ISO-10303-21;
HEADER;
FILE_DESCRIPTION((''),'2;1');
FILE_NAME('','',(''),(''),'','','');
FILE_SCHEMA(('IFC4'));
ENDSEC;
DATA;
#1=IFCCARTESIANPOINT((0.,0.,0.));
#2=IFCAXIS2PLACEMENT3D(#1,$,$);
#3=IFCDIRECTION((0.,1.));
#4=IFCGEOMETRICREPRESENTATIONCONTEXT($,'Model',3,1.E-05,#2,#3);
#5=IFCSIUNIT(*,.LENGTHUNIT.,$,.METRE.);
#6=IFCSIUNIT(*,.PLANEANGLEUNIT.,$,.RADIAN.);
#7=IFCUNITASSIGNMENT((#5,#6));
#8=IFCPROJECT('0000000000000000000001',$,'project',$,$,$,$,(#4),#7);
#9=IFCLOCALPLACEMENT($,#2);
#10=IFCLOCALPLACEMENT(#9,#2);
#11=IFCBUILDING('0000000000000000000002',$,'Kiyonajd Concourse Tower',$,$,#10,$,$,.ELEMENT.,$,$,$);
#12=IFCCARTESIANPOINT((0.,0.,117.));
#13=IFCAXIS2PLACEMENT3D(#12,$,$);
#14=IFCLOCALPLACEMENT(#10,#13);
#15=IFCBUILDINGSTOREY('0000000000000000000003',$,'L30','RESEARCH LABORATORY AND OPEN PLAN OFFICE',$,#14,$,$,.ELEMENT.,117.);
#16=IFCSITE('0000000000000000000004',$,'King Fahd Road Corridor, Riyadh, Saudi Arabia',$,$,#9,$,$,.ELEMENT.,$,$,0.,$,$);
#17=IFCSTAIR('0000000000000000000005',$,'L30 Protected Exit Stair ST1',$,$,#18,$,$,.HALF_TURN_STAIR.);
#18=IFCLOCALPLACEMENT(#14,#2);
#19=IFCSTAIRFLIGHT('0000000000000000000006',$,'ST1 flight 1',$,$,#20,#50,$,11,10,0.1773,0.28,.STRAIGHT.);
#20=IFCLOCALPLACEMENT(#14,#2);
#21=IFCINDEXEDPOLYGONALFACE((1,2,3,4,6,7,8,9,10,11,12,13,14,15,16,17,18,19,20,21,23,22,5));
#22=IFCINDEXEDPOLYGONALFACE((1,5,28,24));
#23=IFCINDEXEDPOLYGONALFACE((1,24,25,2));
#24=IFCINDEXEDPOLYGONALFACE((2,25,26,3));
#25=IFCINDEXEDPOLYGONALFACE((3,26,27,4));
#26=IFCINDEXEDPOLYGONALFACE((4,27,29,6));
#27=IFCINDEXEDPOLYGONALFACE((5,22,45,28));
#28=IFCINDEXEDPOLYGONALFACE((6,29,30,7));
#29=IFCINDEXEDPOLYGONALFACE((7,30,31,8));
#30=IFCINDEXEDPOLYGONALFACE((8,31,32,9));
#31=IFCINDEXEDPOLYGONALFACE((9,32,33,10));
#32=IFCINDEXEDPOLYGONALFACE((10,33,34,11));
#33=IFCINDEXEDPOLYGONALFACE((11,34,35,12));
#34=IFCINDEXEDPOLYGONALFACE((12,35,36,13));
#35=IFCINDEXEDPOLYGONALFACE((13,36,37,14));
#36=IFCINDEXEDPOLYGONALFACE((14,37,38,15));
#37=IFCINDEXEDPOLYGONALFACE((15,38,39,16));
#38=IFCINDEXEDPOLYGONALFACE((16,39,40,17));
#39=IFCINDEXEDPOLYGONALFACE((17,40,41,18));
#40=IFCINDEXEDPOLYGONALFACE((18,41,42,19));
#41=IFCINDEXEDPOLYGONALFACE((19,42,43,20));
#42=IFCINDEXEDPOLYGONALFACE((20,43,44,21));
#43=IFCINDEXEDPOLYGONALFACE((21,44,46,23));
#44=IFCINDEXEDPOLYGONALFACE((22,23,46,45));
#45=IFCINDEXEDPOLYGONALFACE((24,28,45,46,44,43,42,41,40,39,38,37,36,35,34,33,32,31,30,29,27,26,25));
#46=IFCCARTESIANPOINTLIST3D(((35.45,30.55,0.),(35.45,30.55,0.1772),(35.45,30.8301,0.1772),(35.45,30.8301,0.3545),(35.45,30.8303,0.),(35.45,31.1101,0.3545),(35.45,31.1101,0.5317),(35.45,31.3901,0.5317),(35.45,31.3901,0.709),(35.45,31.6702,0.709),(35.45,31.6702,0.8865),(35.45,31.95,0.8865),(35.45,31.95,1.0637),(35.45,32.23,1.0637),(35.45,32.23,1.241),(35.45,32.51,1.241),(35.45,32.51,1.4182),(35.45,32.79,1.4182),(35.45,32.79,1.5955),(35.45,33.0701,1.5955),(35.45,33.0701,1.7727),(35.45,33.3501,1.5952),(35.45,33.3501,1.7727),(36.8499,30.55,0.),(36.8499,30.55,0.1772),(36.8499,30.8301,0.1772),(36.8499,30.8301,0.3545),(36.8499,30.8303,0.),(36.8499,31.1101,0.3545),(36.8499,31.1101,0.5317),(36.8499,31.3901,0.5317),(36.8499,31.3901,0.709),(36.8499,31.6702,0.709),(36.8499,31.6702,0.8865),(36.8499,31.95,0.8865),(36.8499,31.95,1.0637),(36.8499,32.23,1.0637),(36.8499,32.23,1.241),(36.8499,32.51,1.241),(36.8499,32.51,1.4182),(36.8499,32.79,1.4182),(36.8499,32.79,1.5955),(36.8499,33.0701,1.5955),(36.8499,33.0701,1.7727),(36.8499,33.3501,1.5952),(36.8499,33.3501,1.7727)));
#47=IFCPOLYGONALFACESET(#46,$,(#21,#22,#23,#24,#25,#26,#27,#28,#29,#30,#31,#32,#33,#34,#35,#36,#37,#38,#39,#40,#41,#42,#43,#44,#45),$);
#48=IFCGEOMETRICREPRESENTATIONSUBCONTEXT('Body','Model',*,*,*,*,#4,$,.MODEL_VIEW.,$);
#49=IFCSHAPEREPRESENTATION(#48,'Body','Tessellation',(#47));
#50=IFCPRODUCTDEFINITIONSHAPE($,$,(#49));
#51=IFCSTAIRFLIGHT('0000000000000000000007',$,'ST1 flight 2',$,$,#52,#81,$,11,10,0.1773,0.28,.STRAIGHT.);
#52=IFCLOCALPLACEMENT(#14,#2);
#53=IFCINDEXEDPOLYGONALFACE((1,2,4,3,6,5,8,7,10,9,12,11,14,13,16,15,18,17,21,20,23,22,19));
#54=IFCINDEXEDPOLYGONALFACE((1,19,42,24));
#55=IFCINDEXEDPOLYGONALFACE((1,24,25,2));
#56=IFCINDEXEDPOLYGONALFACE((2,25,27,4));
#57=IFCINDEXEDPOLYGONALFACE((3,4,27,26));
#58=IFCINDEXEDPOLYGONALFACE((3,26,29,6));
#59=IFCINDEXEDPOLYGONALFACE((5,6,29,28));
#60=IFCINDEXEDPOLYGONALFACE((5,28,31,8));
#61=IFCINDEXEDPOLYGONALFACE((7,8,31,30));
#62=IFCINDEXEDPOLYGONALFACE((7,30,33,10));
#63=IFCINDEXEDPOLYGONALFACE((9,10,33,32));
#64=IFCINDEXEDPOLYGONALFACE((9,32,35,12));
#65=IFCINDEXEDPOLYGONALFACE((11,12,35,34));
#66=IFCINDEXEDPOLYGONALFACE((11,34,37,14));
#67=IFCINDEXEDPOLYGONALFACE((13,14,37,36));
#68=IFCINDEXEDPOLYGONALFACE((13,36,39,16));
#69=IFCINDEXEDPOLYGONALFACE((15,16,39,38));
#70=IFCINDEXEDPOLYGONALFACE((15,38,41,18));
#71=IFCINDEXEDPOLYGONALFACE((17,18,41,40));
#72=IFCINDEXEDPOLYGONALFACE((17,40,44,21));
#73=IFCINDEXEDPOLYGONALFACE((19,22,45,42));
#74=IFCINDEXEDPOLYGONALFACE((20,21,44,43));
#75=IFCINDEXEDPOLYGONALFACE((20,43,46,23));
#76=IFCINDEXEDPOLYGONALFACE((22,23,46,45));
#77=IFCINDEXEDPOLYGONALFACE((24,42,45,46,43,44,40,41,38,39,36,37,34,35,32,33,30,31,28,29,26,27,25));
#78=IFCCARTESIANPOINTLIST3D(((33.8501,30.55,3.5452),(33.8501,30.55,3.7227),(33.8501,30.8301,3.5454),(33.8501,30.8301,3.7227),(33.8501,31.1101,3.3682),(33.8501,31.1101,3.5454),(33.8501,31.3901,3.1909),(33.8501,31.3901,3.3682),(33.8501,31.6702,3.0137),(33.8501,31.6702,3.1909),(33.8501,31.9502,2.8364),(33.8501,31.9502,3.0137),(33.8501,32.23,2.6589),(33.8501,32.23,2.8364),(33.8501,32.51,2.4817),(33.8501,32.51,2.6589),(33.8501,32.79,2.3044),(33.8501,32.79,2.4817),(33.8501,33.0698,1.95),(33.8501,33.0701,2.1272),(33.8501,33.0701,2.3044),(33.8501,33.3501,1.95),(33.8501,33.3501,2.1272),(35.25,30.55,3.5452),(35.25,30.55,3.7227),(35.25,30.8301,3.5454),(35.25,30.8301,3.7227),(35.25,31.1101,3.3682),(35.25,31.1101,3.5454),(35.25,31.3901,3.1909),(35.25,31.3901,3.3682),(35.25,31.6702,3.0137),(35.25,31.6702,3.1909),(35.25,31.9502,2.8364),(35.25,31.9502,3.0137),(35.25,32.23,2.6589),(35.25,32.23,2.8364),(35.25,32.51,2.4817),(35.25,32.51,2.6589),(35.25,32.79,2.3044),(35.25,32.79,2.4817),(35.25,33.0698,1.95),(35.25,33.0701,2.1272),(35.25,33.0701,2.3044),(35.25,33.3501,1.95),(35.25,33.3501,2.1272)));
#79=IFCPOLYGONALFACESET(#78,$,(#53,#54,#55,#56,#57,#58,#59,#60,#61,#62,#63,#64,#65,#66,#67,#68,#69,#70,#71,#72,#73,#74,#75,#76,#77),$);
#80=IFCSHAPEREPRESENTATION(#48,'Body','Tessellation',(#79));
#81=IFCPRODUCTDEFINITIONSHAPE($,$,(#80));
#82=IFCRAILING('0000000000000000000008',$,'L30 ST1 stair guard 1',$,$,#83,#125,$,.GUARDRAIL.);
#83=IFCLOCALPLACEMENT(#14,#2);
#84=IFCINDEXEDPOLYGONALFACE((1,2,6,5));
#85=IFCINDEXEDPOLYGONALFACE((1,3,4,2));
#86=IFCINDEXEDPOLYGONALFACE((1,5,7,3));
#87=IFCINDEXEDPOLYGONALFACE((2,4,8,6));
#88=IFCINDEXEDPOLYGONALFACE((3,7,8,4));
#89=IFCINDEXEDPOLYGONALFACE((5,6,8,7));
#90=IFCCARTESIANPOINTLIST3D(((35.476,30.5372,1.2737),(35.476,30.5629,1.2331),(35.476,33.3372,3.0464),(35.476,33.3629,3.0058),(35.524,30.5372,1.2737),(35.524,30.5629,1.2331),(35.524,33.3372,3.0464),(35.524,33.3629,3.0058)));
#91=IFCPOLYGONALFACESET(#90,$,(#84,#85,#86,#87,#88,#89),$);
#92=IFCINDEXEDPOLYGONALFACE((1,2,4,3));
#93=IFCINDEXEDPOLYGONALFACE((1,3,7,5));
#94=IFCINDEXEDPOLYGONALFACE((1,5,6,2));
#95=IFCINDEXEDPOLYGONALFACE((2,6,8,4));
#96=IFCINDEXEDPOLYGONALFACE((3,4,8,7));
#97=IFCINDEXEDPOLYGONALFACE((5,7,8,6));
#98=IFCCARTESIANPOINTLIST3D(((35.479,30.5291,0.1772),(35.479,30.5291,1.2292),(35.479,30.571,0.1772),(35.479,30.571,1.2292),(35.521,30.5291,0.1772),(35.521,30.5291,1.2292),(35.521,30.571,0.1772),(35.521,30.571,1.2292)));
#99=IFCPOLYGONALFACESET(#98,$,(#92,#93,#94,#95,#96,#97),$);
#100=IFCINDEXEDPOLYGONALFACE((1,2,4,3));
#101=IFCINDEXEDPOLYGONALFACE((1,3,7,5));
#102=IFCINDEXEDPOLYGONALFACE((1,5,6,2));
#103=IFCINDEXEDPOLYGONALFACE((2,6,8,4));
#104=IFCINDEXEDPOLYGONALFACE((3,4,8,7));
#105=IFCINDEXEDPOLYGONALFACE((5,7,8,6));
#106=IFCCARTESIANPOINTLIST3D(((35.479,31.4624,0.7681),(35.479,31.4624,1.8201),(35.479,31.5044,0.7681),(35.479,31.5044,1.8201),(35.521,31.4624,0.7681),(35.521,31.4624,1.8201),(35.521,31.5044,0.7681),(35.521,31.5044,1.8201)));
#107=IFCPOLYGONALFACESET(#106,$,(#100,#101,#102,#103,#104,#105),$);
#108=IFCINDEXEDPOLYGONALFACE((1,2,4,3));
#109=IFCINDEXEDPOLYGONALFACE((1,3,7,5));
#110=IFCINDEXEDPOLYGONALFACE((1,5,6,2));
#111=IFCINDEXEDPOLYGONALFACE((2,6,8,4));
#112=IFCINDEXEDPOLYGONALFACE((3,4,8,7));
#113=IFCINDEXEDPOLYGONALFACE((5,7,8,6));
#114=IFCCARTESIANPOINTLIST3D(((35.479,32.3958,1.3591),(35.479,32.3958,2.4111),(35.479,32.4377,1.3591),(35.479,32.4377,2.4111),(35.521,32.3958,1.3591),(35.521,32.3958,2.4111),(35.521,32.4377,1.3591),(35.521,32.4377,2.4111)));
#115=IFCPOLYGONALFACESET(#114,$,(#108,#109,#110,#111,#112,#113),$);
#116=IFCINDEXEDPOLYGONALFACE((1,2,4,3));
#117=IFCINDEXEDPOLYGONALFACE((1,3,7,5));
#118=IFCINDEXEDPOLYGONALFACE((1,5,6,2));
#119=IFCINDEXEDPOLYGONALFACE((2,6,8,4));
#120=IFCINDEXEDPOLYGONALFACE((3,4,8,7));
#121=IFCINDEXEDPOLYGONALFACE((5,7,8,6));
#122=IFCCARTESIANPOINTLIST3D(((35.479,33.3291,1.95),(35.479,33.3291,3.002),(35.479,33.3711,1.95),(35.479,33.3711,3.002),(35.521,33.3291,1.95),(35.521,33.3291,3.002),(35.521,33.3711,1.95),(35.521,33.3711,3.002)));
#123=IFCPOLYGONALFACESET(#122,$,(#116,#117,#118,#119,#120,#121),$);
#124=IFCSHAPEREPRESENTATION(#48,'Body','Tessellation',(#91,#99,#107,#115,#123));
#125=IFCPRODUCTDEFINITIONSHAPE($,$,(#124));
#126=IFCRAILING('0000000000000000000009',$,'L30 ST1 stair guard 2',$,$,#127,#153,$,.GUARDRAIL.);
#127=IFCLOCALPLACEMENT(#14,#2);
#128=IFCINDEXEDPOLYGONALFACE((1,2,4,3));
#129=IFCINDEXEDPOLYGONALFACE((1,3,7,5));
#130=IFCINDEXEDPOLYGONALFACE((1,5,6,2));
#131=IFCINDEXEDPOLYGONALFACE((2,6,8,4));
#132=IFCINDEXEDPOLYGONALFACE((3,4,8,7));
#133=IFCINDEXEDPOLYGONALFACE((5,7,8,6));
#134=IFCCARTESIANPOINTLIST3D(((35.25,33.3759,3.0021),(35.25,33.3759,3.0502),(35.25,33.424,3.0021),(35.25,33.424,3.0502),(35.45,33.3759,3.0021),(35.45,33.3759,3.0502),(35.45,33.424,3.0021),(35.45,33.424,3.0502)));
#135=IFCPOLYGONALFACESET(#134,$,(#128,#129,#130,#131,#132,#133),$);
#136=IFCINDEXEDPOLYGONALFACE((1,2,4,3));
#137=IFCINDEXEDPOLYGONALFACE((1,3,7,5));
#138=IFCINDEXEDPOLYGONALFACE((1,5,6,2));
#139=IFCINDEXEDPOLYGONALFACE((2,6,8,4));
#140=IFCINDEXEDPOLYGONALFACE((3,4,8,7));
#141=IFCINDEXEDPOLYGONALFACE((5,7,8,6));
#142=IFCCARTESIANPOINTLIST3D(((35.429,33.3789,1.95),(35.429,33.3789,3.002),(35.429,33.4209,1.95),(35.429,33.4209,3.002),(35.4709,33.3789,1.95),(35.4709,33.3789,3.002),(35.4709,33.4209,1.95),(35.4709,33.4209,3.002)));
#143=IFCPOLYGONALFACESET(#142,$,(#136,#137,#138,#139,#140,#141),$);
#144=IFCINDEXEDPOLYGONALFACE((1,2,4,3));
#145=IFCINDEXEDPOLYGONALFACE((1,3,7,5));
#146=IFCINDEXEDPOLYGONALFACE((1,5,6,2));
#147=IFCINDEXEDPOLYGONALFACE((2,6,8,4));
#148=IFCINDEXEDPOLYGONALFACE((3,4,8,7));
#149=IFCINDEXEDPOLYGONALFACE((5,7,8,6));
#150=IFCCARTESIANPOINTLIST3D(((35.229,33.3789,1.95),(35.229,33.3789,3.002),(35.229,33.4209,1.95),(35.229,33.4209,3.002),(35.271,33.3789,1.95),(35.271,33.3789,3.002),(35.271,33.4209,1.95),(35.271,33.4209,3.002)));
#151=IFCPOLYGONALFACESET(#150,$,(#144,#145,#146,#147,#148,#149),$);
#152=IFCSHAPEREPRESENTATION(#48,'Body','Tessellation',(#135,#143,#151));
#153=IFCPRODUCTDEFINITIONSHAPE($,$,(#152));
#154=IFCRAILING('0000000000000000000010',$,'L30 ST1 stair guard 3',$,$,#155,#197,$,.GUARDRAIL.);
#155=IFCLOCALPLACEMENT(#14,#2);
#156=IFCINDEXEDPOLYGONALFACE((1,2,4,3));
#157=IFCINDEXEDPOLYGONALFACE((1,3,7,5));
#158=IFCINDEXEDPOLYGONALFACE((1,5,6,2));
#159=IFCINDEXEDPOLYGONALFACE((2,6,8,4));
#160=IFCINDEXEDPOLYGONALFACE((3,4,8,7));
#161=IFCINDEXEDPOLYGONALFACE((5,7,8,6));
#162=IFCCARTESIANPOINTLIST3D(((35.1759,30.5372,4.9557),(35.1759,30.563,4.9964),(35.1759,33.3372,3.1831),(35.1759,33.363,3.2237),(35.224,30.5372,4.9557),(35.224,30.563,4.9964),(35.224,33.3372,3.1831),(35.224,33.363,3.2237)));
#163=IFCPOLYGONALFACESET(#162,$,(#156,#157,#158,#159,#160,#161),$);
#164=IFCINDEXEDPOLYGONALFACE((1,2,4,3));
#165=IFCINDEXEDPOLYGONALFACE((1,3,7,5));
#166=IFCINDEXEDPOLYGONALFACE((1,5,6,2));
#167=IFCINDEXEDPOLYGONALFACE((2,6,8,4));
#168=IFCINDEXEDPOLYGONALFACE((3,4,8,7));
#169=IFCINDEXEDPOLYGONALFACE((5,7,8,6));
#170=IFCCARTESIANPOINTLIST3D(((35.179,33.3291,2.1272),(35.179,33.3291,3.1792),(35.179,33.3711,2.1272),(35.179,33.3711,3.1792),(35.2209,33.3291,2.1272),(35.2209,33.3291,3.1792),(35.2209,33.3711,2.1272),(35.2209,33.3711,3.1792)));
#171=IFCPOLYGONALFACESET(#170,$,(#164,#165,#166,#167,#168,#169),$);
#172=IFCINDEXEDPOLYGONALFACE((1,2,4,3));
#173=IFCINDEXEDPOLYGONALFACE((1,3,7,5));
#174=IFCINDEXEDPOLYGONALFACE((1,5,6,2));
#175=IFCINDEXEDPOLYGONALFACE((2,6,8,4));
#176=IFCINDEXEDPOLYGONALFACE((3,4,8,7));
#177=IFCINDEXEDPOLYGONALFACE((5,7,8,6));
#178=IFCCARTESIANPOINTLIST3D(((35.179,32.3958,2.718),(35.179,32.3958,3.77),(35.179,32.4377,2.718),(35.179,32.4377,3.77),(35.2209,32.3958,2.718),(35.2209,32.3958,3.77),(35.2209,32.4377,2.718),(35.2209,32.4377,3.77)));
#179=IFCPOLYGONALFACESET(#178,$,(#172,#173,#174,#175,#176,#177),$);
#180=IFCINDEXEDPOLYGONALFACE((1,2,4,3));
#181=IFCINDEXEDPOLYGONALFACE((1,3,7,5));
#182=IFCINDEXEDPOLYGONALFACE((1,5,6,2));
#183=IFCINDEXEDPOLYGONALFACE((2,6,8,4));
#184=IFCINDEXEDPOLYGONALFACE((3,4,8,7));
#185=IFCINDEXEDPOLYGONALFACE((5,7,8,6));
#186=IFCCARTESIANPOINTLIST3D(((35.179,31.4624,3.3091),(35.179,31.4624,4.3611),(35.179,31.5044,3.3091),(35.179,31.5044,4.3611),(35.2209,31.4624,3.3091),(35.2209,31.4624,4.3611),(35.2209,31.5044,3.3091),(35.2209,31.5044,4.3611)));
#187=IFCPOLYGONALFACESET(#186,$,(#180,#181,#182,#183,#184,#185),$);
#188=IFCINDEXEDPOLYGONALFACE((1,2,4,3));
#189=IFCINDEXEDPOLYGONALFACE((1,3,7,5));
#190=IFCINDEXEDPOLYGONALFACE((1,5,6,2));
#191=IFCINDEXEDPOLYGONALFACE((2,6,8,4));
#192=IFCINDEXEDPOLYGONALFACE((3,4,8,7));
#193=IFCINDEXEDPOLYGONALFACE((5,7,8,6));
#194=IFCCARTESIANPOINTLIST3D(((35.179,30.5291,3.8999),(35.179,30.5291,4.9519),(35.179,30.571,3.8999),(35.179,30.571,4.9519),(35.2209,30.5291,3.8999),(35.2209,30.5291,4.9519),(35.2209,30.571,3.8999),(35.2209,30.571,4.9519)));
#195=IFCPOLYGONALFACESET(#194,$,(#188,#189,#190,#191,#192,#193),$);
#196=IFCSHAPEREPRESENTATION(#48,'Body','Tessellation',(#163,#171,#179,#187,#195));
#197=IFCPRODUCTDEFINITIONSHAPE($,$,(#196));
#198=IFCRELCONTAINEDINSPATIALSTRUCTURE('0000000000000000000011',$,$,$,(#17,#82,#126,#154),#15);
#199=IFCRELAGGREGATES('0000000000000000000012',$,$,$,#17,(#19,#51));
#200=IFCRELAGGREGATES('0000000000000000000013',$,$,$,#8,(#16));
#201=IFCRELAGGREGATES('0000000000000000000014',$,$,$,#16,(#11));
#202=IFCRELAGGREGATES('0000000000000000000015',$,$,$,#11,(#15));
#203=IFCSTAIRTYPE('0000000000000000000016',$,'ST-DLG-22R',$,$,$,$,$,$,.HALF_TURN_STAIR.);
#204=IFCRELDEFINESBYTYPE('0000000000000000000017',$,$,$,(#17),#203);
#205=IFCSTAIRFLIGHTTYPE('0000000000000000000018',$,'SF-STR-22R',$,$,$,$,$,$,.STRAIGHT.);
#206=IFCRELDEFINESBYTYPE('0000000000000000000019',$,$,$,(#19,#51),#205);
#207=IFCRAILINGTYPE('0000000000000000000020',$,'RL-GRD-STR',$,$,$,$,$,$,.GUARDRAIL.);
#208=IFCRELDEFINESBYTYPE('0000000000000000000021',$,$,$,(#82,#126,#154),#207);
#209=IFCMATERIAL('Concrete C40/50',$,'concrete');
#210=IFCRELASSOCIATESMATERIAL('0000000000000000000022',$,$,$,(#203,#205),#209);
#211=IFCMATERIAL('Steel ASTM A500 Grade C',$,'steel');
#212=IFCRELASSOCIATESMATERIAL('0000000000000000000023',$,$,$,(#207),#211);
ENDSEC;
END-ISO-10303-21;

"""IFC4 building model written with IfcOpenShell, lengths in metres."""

from ifc_helpers import new_model, si_unit, direction, frame, origin, origin_2d, place, context, subcontext, project, spatial, polyline, rectangle, outline, extrude, material, type_object, element, aggregate, save


model = new_model("IFC4")

# Units and contexts
model_context = context("Model", 3, precision=1e-05, world=origin(), true_north=direction((0.0, 1.0)))
body_context = subcontext(model_context, "Body", "Model", "MODEL_VIEW")
ifc_project = project(units=[si_unit("LENGTHUNIT", "METRE"), si_unit("PLANEANGLEUNIT", "RADIAN")], contexts=[model_context])

# Site, building, storey
site_placement = place(None, origin())
site = spatial("IfcSite", under=ifc_project, at=site_placement, Name="King Fahd Road Corridor, Riyadh, Saudi Arabia", CompositionType="ELEMENT", RefElevation=0.0)
building_placement = place(site_placement, origin())
building = spatial("IfcBuilding", under=site, at=building_placement, Name="Kiyonajd Concourse Tower", CompositionType="ELEMENT")
storey_placement = place(building_placement, frame((0.0, 0.0, 117.0)))
storey = spatial("IfcBuildingStorey", under=building, at=storey_placement, Name="L30", Description="RESEARCH LABORATORY AND OPEN PLAN OFFICE", CompositionType="ELEMENT", Elevation=117.0)

# Stair, stair flights
ifc_material_1 = material(Name="Concrete C40/50", Category="concrete")
stair_type = type_object("IfcStairType", Name="ST-DLG-22R", PredefinedType="HALF_TURN_STAIR", material=ifc_material_1)
stair_placement = place(storey_placement, origin())
stair = element("IfcStair", 1, at=stair_placement, inside=storey, type_object=stair_type, Name="L30 Protected Exit Stair ST1", PredefinedType="HALF_TURN_STAIR")
stair_flight_type = type_object("IfcStairFlightType", Name="SF-STR-22R", PredefinedType="STRAIGHT", material=ifc_material_1)
stair_flight_1_placement = place(storey_placement, frame((36.1499, 30.55, 0.0), z_axis=(0.0, 0.0, 1.0), x_axis=(0.0, 1.0, 0.0)))
stair_flight_1 = element("IfcStairFlight", 2, at=stair_flight_1_placement, type_object=stair_flight_type, Name="ST1 flight 1", NumberOfRisers=11, NumberOfTreads=10, PredefinedType="STRAIGHT", RiserHeight=0.1773, TreadLength=0.28, context=body_context, shape_type="SweptSolid", body=[
    extrude(outline(polyline([(0.0, 0.0), (0.0, 0.1772), (0.28, 0.1772), (0.28, 0.3545), (0.5601, 0.3545), (0.5601, 0.5317), (0.8401, 0.5317), (0.8401, 0.709), (1.1201, 0.709), (1.1201, 0.8865), (1.3999, 0.8865), (1.3999, 1.0637), (1.6799, 1.0637), (1.6799, 1.241), (1.96, 1.241), (1.96, 1.4182), (2.24, 1.4182), (2.24, 1.5955), (2.52, 1.5955), (2.52, 1.7727), (2.8, 1.7727), (2.8, 1.95), (2.8, 1.5952), (0.2803, 0.0), (0.0, 0.0)])), frame((0.0, 0.7, 0.0), z_axis=(0.0, -1.0, 0.0), x_axis=(1.0, 0.0, 0.0)), (0.0, 0.0, 1.0), 1.3999),
])
stair_flight_2_placement = place(storey_placement, frame((34.55, 33.3501, 1.95), z_axis=(0.0, 0.0, 1.0), x_axis=(0.0, -1.0, 0.0)))
stair_flight_2 = element("IfcStairFlight", 3, at=stair_flight_2_placement, type_object=stair_flight_type, Name="ST1 flight 2", NumberOfRisers=11, NumberOfTreads=10, PredefinedType="STRAIGHT", RiserHeight=0.1773, TreadLength=0.28, context=body_context, shape_type="SweptSolid", body=[
    extrude(outline(polyline([(0.0, 0.0), (0.0, 0.1772), (0.28, 0.1772), (0.28, 0.3545), (0.5601, 0.3545), (0.5601, 0.5317), (0.8401, 0.5317), (0.8401, 0.709), (1.1201, 0.709), (1.1201, 0.8865), (1.3999, 0.8865), (1.3999, 1.0637), (1.6799, 1.0637), (1.6799, 1.241), (1.96, 1.241), (1.96, 1.4182), (2.24, 1.4182), (2.24, 1.5955), (2.52, 1.5955), (2.52, 1.7727), (2.8, 1.7727), (2.8, 1.95), (2.8, 1.5952), (0.2803, 0.0), (0.0, 0.0)])), frame((0.0, 0.7, 0.0), z_axis=(0.0, -1.0, 0.0), x_axis=(1.0, 0.0, 0.0)), (0.0, 0.0, 1.0), 1.3999),
])
aggregate(stair, [stair_flight_1, stair_flight_2])

# Railings
ifc_material_2 = material(Name="Steel ASTM A500 Grade C", Category="steel")
railing_type_1 = type_object("IfcRailingType", Name="RL-GRD-STR", PredefinedType="GUARDRAIL", material=ifc_material_2)
railing_1_placement = place(storey_placement, frame((35.5, 30.55, 0.1772)))
element("IfcRailing", 4, at=railing_1_placement, inside=storey, type_object=railing_type_1, Name="L30 ST1 stair guard 1", PredefinedType="GUARDRAIL", context=body_context, shape_type="SweptSolid", body=[
    extrude(rectangle(XDim=0.0481, YDim=0.0481, at=origin_2d()), frame((0.0, 0.0, 1.0762), z_axis=(0.0, 0.844909, 0.53491), x_axis=(-1.0, 0.0, 0.0)), (0.0, 0.0, 1.0), 3.314),
    extrude(rectangle(XDim=0.042, YDim=0.042, at=origin_2d()), origin(), (0.0, 0.0, 1.0), 1.052),
    extrude(rectangle(XDim=0.042, YDim=0.042, at=origin_2d()), frame((0.0, 0.9333, 0.5908)), (0.0, 0.0, 1.0), 1.052),
    extrude(rectangle(XDim=0.042, YDim=0.042, at=origin_2d()), frame((0.0, 1.8667, 1.1819)), (0.0, 0.0, 1.0), 1.052),
    extrude(rectangle(XDim=0.042, YDim=0.042, at=origin_2d()), frame((0.0, 2.8, 1.7727)), (0.0, 0.0, 1.0), 1.052),
])
railing_2_placement = place(storey_placement, frame((35.45, 33.3999, 1.95)))
element("IfcRailing", 5, at=railing_2_placement, inside=storey, type_object=railing_type_1, Name="L30 ST1 stair guard 2", PredefinedType="GUARDRAIL", context=body_context, shape_type="SweptSolid", body=[
    extrude(rectangle(XDim=0.0481, YDim=0.0481, at=origin_2d()), frame((0.0, 0.0, 1.0762), z_axis=(-1.0, 0.0, 0.0), x_axis=(0.0, -1.0, 0.0)), (0.0, 0.0, 1.0), 0.2),
    extrude(rectangle(XDim=0.042, YDim=0.042, at=origin_2d()), origin(), (0.0, 0.0, 1.0), 1.052),
    extrude(rectangle(XDim=0.042, YDim=0.042, at=origin_2d()), frame((-0.2, 0.0, 0.0)), (0.0, 0.0, 1.0), 1.052),
])
railing_3_placement = place(storey_placement, frame((35.2, 33.3501, 2.1272)))
element("IfcRailing", 6, at=railing_3_placement, inside=storey, type_object=railing_type_1, Name="L30 ST1 stair guard 3", PredefinedType="GUARDRAIL", context=body_context, shape_type="SweptSolid", body=[
    extrude(rectangle(XDim=0.0481, YDim=0.0481, at=origin_2d()), frame((0.0, 0.0, 1.0762), z_axis=(0.0, -0.844909, 0.53491), x_axis=(1.0, 0.0, 0.0)), (0.0, 0.0, 1.0), 3.314),
    extrude(rectangle(XDim=0.042, YDim=0.042, at=origin_2d()), origin(), (0.0, 0.0, 1.0), 1.052),
    extrude(rectangle(XDim=0.042, YDim=0.042, at=origin_2d()), frame((0.0, -0.9333, 0.5908)), (0.0, 0.0, 1.0), 1.052),
    extrude(rectangle(XDim=0.042, YDim=0.042, at=origin_2d()), frame((0.0, -1.8667, 1.1819)), (0.0, 0.0, 1.0), 1.052),
    extrude(rectangle(XDim=0.042, YDim=0.042, at=origin_2d()), frame((0.0, -2.8, 1.7727)), (0.0, 0.0, 1.0), 1.052),
])

save(model, "model.ifc")
